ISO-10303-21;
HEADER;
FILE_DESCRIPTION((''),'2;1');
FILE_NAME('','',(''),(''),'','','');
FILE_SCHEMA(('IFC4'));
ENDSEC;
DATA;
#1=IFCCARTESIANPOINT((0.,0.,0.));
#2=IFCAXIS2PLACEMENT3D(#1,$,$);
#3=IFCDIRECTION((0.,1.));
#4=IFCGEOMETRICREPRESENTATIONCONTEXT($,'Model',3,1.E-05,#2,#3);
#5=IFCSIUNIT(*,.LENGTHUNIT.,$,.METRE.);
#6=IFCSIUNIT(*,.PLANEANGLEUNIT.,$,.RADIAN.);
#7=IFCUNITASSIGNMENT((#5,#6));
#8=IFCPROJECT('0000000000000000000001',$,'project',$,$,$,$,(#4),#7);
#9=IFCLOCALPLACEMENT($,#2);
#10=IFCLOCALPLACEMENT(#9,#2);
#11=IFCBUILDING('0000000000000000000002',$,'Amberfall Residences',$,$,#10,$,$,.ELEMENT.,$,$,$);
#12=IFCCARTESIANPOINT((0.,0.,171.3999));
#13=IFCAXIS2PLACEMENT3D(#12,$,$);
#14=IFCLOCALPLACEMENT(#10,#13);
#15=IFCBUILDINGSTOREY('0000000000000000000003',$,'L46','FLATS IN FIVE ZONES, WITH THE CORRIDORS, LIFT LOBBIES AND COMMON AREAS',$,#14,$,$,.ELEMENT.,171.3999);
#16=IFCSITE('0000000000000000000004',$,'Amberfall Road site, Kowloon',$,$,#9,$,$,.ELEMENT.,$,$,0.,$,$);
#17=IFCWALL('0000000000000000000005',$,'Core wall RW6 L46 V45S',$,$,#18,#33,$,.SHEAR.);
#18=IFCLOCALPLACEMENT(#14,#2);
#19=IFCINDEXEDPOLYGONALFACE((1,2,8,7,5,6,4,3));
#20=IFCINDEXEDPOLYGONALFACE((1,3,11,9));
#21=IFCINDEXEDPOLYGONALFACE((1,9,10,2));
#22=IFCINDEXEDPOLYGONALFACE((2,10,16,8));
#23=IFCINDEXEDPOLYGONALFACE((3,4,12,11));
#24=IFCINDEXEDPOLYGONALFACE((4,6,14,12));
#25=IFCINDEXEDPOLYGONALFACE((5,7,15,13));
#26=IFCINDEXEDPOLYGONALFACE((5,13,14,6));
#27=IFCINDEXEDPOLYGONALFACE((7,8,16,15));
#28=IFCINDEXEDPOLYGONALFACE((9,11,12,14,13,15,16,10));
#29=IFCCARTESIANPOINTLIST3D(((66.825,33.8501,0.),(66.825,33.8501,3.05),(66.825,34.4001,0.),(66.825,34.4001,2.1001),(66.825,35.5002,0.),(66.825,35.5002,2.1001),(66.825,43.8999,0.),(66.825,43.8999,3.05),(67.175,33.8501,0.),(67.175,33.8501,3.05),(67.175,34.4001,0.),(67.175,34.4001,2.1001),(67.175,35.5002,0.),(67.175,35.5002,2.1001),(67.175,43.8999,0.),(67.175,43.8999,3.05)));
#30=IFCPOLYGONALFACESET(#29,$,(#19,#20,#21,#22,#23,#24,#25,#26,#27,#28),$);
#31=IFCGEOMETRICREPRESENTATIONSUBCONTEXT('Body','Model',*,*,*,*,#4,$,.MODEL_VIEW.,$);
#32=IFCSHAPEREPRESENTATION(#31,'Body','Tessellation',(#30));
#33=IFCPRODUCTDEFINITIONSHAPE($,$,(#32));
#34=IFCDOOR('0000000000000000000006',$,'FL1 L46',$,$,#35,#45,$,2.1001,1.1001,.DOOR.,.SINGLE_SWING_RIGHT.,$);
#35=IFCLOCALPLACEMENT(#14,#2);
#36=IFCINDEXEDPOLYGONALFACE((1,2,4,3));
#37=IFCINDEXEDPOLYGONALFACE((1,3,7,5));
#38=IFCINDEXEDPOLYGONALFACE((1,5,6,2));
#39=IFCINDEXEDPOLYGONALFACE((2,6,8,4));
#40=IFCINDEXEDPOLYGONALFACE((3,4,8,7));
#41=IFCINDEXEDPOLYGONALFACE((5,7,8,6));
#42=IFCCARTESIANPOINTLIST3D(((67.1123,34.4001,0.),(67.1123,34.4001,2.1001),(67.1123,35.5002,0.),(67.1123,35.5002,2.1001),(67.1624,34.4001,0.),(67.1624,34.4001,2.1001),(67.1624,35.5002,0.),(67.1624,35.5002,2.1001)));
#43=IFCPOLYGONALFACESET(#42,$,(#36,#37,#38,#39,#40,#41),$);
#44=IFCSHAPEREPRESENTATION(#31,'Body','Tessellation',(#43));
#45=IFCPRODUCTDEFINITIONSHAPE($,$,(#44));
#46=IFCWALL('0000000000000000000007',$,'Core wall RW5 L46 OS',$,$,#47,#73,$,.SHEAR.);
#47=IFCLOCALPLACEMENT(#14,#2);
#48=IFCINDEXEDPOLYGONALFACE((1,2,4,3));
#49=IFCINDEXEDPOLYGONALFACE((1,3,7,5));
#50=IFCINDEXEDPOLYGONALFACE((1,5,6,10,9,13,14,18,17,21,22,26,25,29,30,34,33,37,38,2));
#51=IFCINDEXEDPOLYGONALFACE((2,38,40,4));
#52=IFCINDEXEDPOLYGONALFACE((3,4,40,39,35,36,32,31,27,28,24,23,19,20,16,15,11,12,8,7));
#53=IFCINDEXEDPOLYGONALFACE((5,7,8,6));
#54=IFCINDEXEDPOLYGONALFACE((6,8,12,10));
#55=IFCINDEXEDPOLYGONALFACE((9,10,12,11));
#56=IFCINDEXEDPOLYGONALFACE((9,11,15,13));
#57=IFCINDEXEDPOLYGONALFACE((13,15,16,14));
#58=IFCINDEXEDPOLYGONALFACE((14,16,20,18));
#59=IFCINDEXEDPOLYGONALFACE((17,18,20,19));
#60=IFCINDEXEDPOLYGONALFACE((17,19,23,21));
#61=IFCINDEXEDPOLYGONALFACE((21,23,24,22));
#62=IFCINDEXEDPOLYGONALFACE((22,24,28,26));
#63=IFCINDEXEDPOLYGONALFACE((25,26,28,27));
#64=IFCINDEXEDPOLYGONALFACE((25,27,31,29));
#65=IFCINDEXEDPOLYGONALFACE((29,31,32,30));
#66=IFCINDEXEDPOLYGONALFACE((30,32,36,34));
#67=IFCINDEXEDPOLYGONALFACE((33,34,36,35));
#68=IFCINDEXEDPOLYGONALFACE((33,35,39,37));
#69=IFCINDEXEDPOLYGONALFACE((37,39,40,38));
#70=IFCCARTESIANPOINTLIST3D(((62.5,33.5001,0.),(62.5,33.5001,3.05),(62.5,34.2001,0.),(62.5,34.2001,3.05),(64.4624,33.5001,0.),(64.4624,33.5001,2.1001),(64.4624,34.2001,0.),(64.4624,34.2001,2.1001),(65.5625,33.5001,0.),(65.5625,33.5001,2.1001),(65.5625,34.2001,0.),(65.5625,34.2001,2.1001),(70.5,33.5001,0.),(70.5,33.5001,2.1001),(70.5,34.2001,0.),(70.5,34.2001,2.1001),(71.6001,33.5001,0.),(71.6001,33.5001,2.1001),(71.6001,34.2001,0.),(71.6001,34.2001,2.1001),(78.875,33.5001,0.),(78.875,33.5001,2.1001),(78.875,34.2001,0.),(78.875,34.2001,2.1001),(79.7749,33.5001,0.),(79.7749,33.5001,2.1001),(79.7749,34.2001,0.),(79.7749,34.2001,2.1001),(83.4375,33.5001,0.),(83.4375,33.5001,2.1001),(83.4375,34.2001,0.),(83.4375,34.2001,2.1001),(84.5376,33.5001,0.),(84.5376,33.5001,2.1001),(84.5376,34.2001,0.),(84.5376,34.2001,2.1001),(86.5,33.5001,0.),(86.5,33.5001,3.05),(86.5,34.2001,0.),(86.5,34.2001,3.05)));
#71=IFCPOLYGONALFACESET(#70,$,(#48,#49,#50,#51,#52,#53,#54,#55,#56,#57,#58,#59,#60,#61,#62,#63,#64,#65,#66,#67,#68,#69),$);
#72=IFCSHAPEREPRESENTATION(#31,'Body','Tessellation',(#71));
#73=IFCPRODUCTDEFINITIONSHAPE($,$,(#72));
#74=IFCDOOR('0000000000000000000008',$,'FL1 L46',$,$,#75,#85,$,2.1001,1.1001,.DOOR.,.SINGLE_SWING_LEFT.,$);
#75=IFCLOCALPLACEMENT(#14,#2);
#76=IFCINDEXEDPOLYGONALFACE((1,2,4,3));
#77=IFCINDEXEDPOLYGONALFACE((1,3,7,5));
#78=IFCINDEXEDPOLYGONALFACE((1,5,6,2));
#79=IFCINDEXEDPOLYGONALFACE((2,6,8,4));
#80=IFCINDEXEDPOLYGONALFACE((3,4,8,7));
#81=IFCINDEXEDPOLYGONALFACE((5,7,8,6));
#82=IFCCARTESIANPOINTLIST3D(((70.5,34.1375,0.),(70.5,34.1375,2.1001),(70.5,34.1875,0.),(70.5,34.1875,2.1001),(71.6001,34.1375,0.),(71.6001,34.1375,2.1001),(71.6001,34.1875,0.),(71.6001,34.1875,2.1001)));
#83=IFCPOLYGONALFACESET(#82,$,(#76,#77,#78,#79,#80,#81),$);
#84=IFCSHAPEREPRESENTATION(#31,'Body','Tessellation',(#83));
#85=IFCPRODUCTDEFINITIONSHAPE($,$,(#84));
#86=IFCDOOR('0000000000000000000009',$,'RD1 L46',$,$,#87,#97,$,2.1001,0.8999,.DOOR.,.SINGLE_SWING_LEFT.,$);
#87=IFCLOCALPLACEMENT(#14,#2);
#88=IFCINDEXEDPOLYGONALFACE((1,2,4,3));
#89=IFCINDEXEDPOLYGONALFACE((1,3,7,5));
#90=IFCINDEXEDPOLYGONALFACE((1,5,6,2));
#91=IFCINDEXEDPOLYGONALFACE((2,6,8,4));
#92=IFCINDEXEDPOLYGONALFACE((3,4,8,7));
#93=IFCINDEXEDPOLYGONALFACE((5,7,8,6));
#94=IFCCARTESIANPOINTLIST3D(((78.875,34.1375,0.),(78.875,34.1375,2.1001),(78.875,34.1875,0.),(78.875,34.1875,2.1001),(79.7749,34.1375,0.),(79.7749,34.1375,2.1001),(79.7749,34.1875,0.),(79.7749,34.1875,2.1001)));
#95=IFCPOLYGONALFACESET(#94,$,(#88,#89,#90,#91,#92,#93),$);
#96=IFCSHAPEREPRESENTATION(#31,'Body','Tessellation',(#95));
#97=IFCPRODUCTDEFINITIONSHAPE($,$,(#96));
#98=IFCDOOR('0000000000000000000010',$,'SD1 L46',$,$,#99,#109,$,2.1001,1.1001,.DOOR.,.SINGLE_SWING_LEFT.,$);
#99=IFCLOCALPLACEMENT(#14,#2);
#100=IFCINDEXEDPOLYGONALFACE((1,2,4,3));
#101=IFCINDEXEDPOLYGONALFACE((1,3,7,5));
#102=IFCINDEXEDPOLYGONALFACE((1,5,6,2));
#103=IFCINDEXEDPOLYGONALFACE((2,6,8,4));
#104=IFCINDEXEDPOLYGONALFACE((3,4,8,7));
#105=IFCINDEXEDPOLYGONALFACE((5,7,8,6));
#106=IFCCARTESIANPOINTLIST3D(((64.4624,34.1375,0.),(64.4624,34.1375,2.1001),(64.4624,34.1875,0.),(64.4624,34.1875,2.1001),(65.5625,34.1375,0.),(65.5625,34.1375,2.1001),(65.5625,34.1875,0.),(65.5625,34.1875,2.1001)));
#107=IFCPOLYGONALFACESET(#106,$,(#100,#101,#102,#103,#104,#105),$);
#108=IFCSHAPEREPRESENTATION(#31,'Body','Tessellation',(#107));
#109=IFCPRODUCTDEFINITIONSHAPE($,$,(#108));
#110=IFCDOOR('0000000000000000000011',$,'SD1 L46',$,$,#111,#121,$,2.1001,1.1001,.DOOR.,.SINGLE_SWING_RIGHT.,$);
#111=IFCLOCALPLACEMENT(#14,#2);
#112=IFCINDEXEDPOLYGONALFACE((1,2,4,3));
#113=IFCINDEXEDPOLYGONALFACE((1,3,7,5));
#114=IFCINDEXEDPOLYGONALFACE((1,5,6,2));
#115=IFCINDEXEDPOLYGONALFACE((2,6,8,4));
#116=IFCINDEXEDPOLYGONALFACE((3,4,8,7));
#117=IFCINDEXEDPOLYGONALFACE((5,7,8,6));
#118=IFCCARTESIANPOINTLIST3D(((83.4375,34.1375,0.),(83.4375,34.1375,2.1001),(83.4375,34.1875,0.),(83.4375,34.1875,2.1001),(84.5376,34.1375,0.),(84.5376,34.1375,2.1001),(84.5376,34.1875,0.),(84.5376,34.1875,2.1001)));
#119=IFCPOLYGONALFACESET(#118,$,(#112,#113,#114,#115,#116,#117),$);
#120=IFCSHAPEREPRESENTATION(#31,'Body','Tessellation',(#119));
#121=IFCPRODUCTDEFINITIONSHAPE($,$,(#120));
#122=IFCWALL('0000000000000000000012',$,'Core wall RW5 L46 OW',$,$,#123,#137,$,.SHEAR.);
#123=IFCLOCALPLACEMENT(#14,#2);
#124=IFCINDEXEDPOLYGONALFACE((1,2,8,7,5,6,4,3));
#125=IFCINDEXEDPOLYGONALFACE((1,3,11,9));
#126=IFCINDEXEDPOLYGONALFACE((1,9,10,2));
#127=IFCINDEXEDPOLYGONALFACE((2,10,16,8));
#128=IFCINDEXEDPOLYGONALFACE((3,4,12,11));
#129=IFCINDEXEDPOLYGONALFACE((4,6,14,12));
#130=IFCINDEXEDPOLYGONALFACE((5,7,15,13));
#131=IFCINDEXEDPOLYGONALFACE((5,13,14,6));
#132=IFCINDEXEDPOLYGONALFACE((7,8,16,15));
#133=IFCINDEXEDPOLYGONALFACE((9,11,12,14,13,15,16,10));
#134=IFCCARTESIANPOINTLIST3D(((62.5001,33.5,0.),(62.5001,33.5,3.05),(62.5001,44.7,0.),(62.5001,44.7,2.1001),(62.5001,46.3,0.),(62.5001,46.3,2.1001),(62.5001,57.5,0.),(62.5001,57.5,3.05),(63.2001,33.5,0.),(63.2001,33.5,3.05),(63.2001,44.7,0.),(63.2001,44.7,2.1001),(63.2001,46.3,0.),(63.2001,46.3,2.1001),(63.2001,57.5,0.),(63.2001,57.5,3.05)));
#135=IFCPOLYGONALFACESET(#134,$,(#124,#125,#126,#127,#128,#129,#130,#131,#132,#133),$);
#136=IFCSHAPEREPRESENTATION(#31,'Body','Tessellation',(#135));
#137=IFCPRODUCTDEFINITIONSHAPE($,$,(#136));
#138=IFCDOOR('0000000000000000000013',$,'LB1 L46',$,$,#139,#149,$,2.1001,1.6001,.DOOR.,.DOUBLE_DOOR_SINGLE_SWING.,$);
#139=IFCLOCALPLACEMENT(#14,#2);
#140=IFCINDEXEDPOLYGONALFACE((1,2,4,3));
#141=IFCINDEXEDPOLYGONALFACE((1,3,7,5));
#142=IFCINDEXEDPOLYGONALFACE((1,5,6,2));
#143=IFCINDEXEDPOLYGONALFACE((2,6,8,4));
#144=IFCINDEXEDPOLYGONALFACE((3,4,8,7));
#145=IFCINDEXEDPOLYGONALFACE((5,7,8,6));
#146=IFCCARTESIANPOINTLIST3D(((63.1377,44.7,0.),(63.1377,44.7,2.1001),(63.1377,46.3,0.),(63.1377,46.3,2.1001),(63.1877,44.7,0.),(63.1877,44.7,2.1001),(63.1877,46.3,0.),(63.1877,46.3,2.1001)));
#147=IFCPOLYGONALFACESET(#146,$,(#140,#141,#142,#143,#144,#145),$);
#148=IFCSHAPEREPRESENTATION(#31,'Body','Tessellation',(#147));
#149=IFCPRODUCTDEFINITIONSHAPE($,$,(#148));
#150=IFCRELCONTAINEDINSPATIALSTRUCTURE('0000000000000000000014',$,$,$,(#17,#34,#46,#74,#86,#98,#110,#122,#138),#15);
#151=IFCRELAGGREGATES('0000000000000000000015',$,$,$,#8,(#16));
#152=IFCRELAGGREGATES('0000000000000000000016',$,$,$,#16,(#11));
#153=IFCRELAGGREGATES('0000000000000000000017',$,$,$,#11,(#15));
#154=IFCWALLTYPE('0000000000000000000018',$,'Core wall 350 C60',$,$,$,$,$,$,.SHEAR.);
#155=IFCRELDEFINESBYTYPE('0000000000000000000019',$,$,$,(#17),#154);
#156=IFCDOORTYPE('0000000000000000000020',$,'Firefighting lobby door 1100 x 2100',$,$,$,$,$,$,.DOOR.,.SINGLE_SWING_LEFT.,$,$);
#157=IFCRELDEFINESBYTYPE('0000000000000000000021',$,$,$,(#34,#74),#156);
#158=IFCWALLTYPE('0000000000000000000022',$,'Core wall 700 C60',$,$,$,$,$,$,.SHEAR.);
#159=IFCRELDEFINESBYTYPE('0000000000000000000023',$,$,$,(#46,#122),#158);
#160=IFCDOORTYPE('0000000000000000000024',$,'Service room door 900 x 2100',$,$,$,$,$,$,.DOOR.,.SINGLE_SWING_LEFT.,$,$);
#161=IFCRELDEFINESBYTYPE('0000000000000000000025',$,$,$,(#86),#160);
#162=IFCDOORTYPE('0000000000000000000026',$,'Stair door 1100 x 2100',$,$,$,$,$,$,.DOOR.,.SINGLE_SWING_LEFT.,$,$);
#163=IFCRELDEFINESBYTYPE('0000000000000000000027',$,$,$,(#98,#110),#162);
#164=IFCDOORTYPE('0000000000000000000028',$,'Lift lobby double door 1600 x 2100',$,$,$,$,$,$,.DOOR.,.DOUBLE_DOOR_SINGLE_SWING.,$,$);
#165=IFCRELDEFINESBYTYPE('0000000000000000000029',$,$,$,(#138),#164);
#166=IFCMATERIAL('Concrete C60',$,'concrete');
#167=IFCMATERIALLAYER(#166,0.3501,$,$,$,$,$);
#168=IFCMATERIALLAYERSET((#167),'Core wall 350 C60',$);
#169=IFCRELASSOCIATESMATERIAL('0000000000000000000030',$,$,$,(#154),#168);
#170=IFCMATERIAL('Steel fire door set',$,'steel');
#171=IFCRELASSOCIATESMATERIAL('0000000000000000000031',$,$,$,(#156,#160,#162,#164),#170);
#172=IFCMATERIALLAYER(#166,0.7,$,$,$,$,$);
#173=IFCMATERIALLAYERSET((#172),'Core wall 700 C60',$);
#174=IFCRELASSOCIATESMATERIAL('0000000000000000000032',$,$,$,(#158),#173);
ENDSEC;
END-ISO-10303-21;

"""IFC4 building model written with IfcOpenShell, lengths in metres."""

from ifc_helpers import new_model, si_unit, direction, frame, frame_2d, origin, place, context, subcontext, project, spatial, rectangle, extrude, material, layer, layer_set, type_object, element, fill, save


model = new_model("IFC4")

# Units and contexts
model_context = context("Model", 3, precision=1e-05, world=origin(), true_north=direction((0.0, 1.0)))
body_context = subcontext(model_context, "Body", "Model", "MODEL_VIEW")
ifc_project = project(units=[si_unit("LENGTHUNIT", "METRE"), si_unit("PLANEANGLEUNIT", "RADIAN")], contexts=[model_context])

# Site, building, storey
site_placement = place(None, origin())
site = spatial("IfcSite", under=ifc_project, at=site_placement, Name="Amberfall Road site, Kowloon", CompositionType="ELEMENT", RefElevation=0.0)
building_placement = place(site_placement, origin())
building = spatial("IfcBuilding", under=site, at=building_placement, Name="Amberfall Residences", CompositionType="ELEMENT")
storey_placement = place(building_placement, frame((0.0, 0.0, 171.3999)))
storey = spatial("IfcBuildingStorey", under=building, at=storey_placement, Name="L46", Description="FLATS IN FIVE ZONES, WITH THE CORRIDORS, LIFT LOBBIES AND COMMON AREAS", CompositionType="ELEMENT", Elevation=171.3999)

# Wall, opening, door
ifc_material_1 = material(Name="Concrete C60", Category="concrete")
ifc_layer_1 = layer(ifc_material_1, 0.3501)
ifc_layer_set_1 = layer_set([ifc_layer_1], Name="Core wall 350 C60")
wall_type_1 = type_object("IfcWallType", Name="Core wall 350 C60", PredefinedType="SHEAR", material=ifc_layer_set_1)
wall_1_placement = place(storey_placement, frame((67.0, 33.8501, 0.0), z_axis=(0.0, 0.0, 1.0), x_axis=(0.0, 1.0, 0.0)))
wall_1 = element("IfcWall", 1, at=wall_1_placement, inside=storey, type_object=wall_type_1, Name="Core wall RW6 L46 V45S", PredefinedType="SHEAR", context=body_context, shape_type="SweptSolid", body=[
    extrude(rectangle(XDim=10.0498, YDim=0.3501, at=frame_2d((5.0249, 0.0))), origin(), (0.0, 0.0, 1.0), 3.05),
])
opening_1_placement = place(wall_1_placement, frame((0.55, 0.0, 0.0)))
opening_1 = element("IfcOpeningElement", 2, at=opening_1_placement, cuts=wall_1, PredefinedType="OPENING", context=body_context, shape_type="SweptSolid", body=[
    extrude(rectangle(XDim=1.1001, YDim=2.1001, at=frame_2d((0.55, 1.05))), frame((0.0, 0.1851, 0.0), z_axis=(0.0, -1.0, 0.0), x_axis=(1.0, 0.0, 0.0)), (0.0, 0.0, 1.0), 0.3701),
])
ifc_material_2 = material(Name="Steel fire door set", Category="steel")
door_type_1 = type_object("IfcDoorType", Name="Firefighting lobby door 1100 x 2100", OperationType="SINGLE_SWING_LEFT", PredefinedType="DOOR", material=ifc_material_2)
door_1_placement = place(opening_1_placement, origin())
door_1 = element("IfcDoor", 3, at=door_1_placement, inside=storey, type_object=door_type_1, Name="FL1 L46", OperationType="SINGLE_SWING_RIGHT", OverallHeight=2.1001, OverallWidth=1.1001, PredefinedType="DOOR", context=body_context, shape_type="SweptSolid", body=[
    extrude(rectangle(XDim=1.1001, YDim=2.1001, at=frame_2d((0.55, 1.05))), frame((0.0, -0.1123, 0.0), z_axis=(0.0, -1.0, 0.0), x_axis=(1.0, 0.0, 0.0)), (0.0, 0.0, 1.0), 0.05),
])
fill(opening_1, door_1)

# Wall, openings, doors
ifc_layer_2 = layer(ifc_material_1, 0.7)
ifc_layer_set_2 = layer_set([ifc_layer_2], Name="Core wall 700 C60")
wall_type_2 = type_object("IfcWallType", Name="Core wall 700 C60", PredefinedType="SHEAR", material=ifc_layer_set_2)
wall_2_placement = place(storey_placement, frame((62.5, 33.8501, 0.0), z_axis=(0.0, 0.0, 1.0), x_axis=(1.0, 0.0, 0.0)))
wall_2 = element("IfcWall", 4, at=wall_2_placement, inside=storey, type_object=wall_type_2, Name="Core wall RW5 L46 OS", PredefinedType="SHEAR", context=body_context, shape_type="SweptSolid", body=[
    extrude(rectangle(XDim=24.0, YDim=0.7, at=frame_2d((12.0, 0.0))), origin(), (0.0, 0.0, 1.0), 3.05),
])
opening_2_placement = place(wall_2_placement, frame((1.9624, 0.0, 0.0)))
opening_2 = element("IfcOpeningElement", 5, at=opening_2_placement, cuts=wall_2, PredefinedType="OPENING", context=body_context, shape_type="SweptSolid", body=[
    extrude(rectangle(XDim=1.1001, YDim=2.1001, at=frame_2d((0.55, 1.05))), frame((0.0, 0.3599, 0.0), z_axis=(0.0, -1.0, 0.0), x_axis=(1.0, 0.0, 0.0)), (0.0, 0.0, 1.0), 0.72),
])
opening_3_placement = place(wall_2_placement, frame((20.9375, 0.0, 0.0)))
opening_3 = element("IfcOpeningElement", 6, at=opening_3_placement, cuts=wall_2, PredefinedType="OPENING", context=body_context, shape_type="SweptSolid", body=[
    extrude(rectangle(XDim=1.1001, YDim=2.1001, at=frame_2d((0.55, 1.05))), frame((0.0, 0.3599, 0.0), z_axis=(0.0, -1.0, 0.0), x_axis=(1.0, 0.0, 0.0)), (0.0, 0.0, 1.0), 0.72),
])
opening_4_placement = place(wall_2_placement, frame((8.0, 0.0, 0.0)))
opening_4 = element("IfcOpeningElement", 7, at=opening_4_placement, cuts=wall_2, PredefinedType="OPENING", context=body_context, shape_type="SweptSolid", body=[
    extrude(rectangle(XDim=1.1001, YDim=2.1001, at=frame_2d((0.55, 1.05))), frame((0.0, 0.3599, 0.0), z_axis=(0.0, -1.0, 0.0), x_axis=(1.0, 0.0, 0.0)), (0.0, 0.0, 1.0), 0.72),
])
opening_5_placement = place(wall_2_placement, frame((16.375, 0.0, 0.0)))
opening_5 = element("IfcOpeningElement", 8, at=opening_5_placement, cuts=wall_2, PredefinedType="OPENING", context=body_context, shape_type="SweptSolid", body=[
    extrude(rectangle(XDim=0.8999, YDim=2.1001, at=frame_2d((0.45, 1.05))), frame((0.0, 0.3599, 0.0), z_axis=(0.0, -1.0, 0.0), x_axis=(1.0, 0.0, 0.0)), (0.0, 0.0, 1.0), 0.72),
])
door_2_placement = place(opening_4_placement, origin())
door_2 = element("IfcDoor", 9, at=door_2_placement, inside=storey, type_object=door_type_1, Name="FL1 L46", OperationType="SINGLE_SWING_LEFT", OverallHeight=2.1001, OverallWidth=1.1001, PredefinedType="DOOR", context=body_context, shape_type="SweptSolid", body=[
    extrude(rectangle(XDim=1.1001, YDim=2.1001, at=frame_2d((0.55, 1.05))), frame((0.0, 0.3374, 0.0), z_axis=(0.0, -1.0, 0.0), x_axis=(1.0, 0.0, 0.0)), (0.0, 0.0, 1.0), 0.05),
])
fill(opening_4, door_2)
door_type_2 = type_object("IfcDoorType", Name="Service room door 900 x 2100", OperationType="SINGLE_SWING_LEFT", PredefinedType="DOOR", material=ifc_material_2)
door_3_placement = place(opening_5_placement, origin())
door_3 = element("IfcDoor", 10, at=door_3_placement, inside=storey, type_object=door_type_2, Name="RD1 L46", OperationType="SINGLE_SWING_LEFT", OverallHeight=2.1001, OverallWidth=0.8999, PredefinedType="DOOR", context=body_context, shape_type="SweptSolid", body=[
    extrude(rectangle(XDim=0.8999, YDim=2.1001, at=frame_2d((0.45, 1.05))), frame((0.0, 0.3374, 0.0), z_axis=(0.0, -1.0, 0.0), x_axis=(1.0, 0.0, 0.0)), (0.0, 0.0, 1.0), 0.05),
])
fill(opening_5, door_3)
door_type_3 = type_object("IfcDoorType", Name="Stair door 1100 x 2100", OperationType="SINGLE_SWING_LEFT", PredefinedType="DOOR", material=ifc_material_2)
door_4_placement = place(opening_2_placement, origin())
door_4 = element("IfcDoor", 11, at=door_4_placement, inside=storey, type_object=door_type_3, Name="SD1 L46", OperationType="SINGLE_SWING_LEFT", OverallHeight=2.1001, OverallWidth=1.1001, PredefinedType="DOOR", context=body_context, shape_type="SweptSolid", body=[
    extrude(rectangle(XDim=1.1001, YDim=2.1001, at=frame_2d((0.55, 1.05))), frame((0.0, 0.3374, 0.0), z_axis=(0.0, -1.0, 0.0), x_axis=(1.0, 0.0, 0.0)), (0.0, 0.0, 1.0), 0.05),
])
fill(opening_2, door_4)
door_5_placement = place(opening_3_placement, origin())
door_5 = element("IfcDoor", 12, at=door_5_placement, inside=storey, type_object=door_type_3, Name="SD1 L46", OperationType="SINGLE_SWING_RIGHT", OverallHeight=2.1001, OverallWidth=1.1001, PredefinedType="DOOR", context=body_context, shape_type="SweptSolid", body=[
    extrude(rectangle(XDim=1.1001, YDim=2.1001, at=frame_2d((0.55, 1.05))), frame((0.0, 0.3374, 0.0), z_axis=(0.0, -1.0, 0.0), x_axis=(1.0, 0.0, 0.0)), (0.0, 0.0, 1.0), 0.05),
])
fill(opening_3, door_5)

# Wall, opening, door
wall_3_placement = place(storey_placement, frame((62.8501, 33.5, 0.0), z_axis=(0.0, 0.0, 1.0), x_axis=(0.0, 1.0, 0.0)))
wall_3 = element("IfcWall", 13, at=wall_3_placement, inside=storey, type_object=wall_type_2, Name="Core wall RW5 L46 OW", PredefinedType="SHEAR", context=body_context, shape_type="SweptSolid", body=[
    extrude(rectangle(XDim=24.0, YDim=0.7, at=frame_2d((12.0, 0.0))), origin(), (0.0, 0.0, 1.0), 3.05),
])
opening_6_placement = place(wall_3_placement, frame((11.2, 0.0, 0.0)))
opening_6 = element("IfcOpeningElement", 14, at=opening_6_placement, cuts=wall_3, PredefinedType="OPENING", context=body_context, shape_type="SweptSolid", body=[
    extrude(rectangle(XDim=1.6001, YDim=2.1001, at=frame_2d((0.8, 1.05))), frame((0.0, 0.3599, 0.0), z_axis=(0.0, -1.0, 0.0), x_axis=(1.0, 0.0, 0.0)), (0.0, 0.0, 1.0), 0.72),
])
door_type_4 = type_object("IfcDoorType", Name="Lift lobby double door 1600 x 2100", OperationType="DOUBLE_DOOR_SINGLE_SWING", PredefinedType="DOOR", material=ifc_material_2)
door_6_placement = place(opening_6_placement, origin())
door_6 = element("IfcDoor", 15, at=door_6_placement, inside=storey, type_object=door_type_4, Name="LB1 L46", OperationType="DOUBLE_DOOR_SINGLE_SWING", OverallHeight=2.1001, OverallWidth=1.6001, PredefinedType="DOOR", context=body_context, shape_type="SweptSolid", body=[
    extrude(rectangle(XDim=1.6001, YDim=2.1001, at=frame_2d((0.8, 1.05))), frame((0.0, -0.2876, 0.0), z_axis=(0.0, -1.0, 0.0), x_axis=(1.0, 0.0, 0.0)), (0.0, 0.0, 1.0), 0.05),
])
fill(opening_6, door_6)

save(model, "model.ifc")
